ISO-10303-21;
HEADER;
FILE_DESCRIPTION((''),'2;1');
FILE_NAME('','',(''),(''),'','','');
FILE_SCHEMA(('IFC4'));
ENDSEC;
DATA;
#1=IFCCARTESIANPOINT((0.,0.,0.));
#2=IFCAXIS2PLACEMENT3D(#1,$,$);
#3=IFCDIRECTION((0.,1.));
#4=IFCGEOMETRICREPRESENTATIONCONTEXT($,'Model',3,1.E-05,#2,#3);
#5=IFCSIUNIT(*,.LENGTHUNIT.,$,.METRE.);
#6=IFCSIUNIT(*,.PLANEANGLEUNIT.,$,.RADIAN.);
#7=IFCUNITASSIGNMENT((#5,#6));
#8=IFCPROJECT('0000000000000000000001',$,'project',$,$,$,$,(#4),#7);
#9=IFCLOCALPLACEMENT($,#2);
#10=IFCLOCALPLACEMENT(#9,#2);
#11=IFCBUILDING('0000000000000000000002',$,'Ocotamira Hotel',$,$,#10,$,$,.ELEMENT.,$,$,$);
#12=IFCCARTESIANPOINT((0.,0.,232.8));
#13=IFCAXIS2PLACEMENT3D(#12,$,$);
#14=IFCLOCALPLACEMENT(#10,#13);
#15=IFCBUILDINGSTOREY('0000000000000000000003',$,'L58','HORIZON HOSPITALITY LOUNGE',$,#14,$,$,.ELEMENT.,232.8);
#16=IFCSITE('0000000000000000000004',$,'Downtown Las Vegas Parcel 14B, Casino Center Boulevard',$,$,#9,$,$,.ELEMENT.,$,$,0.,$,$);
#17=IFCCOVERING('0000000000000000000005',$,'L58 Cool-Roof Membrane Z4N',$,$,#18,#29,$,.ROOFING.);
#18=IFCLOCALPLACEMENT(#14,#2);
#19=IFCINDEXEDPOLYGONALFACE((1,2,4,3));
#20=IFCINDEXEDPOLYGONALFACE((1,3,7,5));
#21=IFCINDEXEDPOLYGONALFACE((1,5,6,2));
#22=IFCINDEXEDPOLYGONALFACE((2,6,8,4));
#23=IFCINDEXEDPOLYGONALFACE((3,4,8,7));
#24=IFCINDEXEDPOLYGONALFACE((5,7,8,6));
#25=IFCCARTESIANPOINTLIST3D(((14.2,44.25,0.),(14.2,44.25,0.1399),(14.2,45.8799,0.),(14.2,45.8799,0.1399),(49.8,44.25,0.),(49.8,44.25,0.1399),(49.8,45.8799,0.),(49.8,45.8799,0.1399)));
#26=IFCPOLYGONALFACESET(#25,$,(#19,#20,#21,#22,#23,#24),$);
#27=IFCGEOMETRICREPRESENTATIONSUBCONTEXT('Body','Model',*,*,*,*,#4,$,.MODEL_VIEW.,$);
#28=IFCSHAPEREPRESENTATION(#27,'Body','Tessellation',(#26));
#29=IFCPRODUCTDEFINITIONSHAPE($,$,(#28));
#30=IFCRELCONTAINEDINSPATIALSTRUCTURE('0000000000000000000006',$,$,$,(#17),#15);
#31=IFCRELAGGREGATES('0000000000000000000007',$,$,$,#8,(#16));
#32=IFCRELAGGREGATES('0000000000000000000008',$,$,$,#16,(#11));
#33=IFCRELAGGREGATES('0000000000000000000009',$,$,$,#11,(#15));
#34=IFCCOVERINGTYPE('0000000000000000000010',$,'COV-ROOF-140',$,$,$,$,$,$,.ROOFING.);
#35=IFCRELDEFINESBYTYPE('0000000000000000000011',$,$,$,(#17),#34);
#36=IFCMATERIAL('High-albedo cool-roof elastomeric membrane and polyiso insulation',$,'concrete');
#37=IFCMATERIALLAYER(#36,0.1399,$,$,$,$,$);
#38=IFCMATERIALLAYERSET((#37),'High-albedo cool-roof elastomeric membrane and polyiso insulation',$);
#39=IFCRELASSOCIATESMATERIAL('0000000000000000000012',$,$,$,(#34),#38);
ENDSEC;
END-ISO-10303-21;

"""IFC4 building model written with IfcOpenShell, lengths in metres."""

from ifc_helpers import new_model, si_unit, direction, frame, origin, place, context, subcontext, project, spatial, polyline, outline, extrude, material, layer, layer_set, type_object, element, save


model = new_model("IFC4")

# Units and contexts
model_context = context("Model", 3, precision=1e-05, world=origin(), true_north=direction((0.0, 1.0)))
body_context = subcontext(model_context, "Body", "Model", "MODEL_VIEW")
ifc_project = project(units=[si_unit("LENGTHUNIT", "METRE"), si_unit("PLANEANGLEUNIT", "RADIAN")], contexts=[model_context])

# Site, building, storey
site_placement = place(None, origin())
site = spatial("IfcSite", under=ifc_project, at=site_placement, Name="Downtown Las Vegas Parcel 14B, Casino Center Boulevard", CompositionType="ELEMENT", RefElevation=0.0)
building_placement = place(site_placement, origin())
building = spatial("IfcBuilding", under=site, at=building_placement, Name="Ocotamira Hotel", CompositionType="ELEMENT")
storey_placement = place(building_placement, frame((0.0, 0.0, 232.8)))
storey = spatial("IfcBuildingStorey", under=building, at=storey_placement, Name="L58", Description="HORIZON HOSPITALITY LOUNGE", CompositionType="ELEMENT", Elevation=232.8)

# Covering
ifc_material_1 = material(Name="High-albedo cool-roof elastomeric membrane and polyiso insulation", Category="concrete")
ifc_layer_1 = layer(ifc_material_1, 0.1399)
ifc_layer_set_1 = layer_set([ifc_layer_1], Name="High-albedo cool-roof elastomeric membrane and polyiso insulation")
covering_type_1 = type_object("IfcCoveringType", Name="COV-ROOF-140", PredefinedType="ROOFING", material=ifc_layer_set_1)
covering_1_placement = place(storey_placement, origin())
element("IfcCovering", 1, at=covering_1_placement, inside=storey, type_object=covering_type_1, Name="L58 Cool-Roof Membrane Z4N", PredefinedType="ROOFING", context=body_context, shape_type="SweptSolid", body=[
    extrude(outline(polyline([(14.2, 44.25), (49.8, 44.25), (49.8, 45.8799), (14.2, 45.8799), (14.2, 44.25)])), origin(), (0.0, 0.0, 1.0), 0.1399),
])

save(model, "model.ifc")
